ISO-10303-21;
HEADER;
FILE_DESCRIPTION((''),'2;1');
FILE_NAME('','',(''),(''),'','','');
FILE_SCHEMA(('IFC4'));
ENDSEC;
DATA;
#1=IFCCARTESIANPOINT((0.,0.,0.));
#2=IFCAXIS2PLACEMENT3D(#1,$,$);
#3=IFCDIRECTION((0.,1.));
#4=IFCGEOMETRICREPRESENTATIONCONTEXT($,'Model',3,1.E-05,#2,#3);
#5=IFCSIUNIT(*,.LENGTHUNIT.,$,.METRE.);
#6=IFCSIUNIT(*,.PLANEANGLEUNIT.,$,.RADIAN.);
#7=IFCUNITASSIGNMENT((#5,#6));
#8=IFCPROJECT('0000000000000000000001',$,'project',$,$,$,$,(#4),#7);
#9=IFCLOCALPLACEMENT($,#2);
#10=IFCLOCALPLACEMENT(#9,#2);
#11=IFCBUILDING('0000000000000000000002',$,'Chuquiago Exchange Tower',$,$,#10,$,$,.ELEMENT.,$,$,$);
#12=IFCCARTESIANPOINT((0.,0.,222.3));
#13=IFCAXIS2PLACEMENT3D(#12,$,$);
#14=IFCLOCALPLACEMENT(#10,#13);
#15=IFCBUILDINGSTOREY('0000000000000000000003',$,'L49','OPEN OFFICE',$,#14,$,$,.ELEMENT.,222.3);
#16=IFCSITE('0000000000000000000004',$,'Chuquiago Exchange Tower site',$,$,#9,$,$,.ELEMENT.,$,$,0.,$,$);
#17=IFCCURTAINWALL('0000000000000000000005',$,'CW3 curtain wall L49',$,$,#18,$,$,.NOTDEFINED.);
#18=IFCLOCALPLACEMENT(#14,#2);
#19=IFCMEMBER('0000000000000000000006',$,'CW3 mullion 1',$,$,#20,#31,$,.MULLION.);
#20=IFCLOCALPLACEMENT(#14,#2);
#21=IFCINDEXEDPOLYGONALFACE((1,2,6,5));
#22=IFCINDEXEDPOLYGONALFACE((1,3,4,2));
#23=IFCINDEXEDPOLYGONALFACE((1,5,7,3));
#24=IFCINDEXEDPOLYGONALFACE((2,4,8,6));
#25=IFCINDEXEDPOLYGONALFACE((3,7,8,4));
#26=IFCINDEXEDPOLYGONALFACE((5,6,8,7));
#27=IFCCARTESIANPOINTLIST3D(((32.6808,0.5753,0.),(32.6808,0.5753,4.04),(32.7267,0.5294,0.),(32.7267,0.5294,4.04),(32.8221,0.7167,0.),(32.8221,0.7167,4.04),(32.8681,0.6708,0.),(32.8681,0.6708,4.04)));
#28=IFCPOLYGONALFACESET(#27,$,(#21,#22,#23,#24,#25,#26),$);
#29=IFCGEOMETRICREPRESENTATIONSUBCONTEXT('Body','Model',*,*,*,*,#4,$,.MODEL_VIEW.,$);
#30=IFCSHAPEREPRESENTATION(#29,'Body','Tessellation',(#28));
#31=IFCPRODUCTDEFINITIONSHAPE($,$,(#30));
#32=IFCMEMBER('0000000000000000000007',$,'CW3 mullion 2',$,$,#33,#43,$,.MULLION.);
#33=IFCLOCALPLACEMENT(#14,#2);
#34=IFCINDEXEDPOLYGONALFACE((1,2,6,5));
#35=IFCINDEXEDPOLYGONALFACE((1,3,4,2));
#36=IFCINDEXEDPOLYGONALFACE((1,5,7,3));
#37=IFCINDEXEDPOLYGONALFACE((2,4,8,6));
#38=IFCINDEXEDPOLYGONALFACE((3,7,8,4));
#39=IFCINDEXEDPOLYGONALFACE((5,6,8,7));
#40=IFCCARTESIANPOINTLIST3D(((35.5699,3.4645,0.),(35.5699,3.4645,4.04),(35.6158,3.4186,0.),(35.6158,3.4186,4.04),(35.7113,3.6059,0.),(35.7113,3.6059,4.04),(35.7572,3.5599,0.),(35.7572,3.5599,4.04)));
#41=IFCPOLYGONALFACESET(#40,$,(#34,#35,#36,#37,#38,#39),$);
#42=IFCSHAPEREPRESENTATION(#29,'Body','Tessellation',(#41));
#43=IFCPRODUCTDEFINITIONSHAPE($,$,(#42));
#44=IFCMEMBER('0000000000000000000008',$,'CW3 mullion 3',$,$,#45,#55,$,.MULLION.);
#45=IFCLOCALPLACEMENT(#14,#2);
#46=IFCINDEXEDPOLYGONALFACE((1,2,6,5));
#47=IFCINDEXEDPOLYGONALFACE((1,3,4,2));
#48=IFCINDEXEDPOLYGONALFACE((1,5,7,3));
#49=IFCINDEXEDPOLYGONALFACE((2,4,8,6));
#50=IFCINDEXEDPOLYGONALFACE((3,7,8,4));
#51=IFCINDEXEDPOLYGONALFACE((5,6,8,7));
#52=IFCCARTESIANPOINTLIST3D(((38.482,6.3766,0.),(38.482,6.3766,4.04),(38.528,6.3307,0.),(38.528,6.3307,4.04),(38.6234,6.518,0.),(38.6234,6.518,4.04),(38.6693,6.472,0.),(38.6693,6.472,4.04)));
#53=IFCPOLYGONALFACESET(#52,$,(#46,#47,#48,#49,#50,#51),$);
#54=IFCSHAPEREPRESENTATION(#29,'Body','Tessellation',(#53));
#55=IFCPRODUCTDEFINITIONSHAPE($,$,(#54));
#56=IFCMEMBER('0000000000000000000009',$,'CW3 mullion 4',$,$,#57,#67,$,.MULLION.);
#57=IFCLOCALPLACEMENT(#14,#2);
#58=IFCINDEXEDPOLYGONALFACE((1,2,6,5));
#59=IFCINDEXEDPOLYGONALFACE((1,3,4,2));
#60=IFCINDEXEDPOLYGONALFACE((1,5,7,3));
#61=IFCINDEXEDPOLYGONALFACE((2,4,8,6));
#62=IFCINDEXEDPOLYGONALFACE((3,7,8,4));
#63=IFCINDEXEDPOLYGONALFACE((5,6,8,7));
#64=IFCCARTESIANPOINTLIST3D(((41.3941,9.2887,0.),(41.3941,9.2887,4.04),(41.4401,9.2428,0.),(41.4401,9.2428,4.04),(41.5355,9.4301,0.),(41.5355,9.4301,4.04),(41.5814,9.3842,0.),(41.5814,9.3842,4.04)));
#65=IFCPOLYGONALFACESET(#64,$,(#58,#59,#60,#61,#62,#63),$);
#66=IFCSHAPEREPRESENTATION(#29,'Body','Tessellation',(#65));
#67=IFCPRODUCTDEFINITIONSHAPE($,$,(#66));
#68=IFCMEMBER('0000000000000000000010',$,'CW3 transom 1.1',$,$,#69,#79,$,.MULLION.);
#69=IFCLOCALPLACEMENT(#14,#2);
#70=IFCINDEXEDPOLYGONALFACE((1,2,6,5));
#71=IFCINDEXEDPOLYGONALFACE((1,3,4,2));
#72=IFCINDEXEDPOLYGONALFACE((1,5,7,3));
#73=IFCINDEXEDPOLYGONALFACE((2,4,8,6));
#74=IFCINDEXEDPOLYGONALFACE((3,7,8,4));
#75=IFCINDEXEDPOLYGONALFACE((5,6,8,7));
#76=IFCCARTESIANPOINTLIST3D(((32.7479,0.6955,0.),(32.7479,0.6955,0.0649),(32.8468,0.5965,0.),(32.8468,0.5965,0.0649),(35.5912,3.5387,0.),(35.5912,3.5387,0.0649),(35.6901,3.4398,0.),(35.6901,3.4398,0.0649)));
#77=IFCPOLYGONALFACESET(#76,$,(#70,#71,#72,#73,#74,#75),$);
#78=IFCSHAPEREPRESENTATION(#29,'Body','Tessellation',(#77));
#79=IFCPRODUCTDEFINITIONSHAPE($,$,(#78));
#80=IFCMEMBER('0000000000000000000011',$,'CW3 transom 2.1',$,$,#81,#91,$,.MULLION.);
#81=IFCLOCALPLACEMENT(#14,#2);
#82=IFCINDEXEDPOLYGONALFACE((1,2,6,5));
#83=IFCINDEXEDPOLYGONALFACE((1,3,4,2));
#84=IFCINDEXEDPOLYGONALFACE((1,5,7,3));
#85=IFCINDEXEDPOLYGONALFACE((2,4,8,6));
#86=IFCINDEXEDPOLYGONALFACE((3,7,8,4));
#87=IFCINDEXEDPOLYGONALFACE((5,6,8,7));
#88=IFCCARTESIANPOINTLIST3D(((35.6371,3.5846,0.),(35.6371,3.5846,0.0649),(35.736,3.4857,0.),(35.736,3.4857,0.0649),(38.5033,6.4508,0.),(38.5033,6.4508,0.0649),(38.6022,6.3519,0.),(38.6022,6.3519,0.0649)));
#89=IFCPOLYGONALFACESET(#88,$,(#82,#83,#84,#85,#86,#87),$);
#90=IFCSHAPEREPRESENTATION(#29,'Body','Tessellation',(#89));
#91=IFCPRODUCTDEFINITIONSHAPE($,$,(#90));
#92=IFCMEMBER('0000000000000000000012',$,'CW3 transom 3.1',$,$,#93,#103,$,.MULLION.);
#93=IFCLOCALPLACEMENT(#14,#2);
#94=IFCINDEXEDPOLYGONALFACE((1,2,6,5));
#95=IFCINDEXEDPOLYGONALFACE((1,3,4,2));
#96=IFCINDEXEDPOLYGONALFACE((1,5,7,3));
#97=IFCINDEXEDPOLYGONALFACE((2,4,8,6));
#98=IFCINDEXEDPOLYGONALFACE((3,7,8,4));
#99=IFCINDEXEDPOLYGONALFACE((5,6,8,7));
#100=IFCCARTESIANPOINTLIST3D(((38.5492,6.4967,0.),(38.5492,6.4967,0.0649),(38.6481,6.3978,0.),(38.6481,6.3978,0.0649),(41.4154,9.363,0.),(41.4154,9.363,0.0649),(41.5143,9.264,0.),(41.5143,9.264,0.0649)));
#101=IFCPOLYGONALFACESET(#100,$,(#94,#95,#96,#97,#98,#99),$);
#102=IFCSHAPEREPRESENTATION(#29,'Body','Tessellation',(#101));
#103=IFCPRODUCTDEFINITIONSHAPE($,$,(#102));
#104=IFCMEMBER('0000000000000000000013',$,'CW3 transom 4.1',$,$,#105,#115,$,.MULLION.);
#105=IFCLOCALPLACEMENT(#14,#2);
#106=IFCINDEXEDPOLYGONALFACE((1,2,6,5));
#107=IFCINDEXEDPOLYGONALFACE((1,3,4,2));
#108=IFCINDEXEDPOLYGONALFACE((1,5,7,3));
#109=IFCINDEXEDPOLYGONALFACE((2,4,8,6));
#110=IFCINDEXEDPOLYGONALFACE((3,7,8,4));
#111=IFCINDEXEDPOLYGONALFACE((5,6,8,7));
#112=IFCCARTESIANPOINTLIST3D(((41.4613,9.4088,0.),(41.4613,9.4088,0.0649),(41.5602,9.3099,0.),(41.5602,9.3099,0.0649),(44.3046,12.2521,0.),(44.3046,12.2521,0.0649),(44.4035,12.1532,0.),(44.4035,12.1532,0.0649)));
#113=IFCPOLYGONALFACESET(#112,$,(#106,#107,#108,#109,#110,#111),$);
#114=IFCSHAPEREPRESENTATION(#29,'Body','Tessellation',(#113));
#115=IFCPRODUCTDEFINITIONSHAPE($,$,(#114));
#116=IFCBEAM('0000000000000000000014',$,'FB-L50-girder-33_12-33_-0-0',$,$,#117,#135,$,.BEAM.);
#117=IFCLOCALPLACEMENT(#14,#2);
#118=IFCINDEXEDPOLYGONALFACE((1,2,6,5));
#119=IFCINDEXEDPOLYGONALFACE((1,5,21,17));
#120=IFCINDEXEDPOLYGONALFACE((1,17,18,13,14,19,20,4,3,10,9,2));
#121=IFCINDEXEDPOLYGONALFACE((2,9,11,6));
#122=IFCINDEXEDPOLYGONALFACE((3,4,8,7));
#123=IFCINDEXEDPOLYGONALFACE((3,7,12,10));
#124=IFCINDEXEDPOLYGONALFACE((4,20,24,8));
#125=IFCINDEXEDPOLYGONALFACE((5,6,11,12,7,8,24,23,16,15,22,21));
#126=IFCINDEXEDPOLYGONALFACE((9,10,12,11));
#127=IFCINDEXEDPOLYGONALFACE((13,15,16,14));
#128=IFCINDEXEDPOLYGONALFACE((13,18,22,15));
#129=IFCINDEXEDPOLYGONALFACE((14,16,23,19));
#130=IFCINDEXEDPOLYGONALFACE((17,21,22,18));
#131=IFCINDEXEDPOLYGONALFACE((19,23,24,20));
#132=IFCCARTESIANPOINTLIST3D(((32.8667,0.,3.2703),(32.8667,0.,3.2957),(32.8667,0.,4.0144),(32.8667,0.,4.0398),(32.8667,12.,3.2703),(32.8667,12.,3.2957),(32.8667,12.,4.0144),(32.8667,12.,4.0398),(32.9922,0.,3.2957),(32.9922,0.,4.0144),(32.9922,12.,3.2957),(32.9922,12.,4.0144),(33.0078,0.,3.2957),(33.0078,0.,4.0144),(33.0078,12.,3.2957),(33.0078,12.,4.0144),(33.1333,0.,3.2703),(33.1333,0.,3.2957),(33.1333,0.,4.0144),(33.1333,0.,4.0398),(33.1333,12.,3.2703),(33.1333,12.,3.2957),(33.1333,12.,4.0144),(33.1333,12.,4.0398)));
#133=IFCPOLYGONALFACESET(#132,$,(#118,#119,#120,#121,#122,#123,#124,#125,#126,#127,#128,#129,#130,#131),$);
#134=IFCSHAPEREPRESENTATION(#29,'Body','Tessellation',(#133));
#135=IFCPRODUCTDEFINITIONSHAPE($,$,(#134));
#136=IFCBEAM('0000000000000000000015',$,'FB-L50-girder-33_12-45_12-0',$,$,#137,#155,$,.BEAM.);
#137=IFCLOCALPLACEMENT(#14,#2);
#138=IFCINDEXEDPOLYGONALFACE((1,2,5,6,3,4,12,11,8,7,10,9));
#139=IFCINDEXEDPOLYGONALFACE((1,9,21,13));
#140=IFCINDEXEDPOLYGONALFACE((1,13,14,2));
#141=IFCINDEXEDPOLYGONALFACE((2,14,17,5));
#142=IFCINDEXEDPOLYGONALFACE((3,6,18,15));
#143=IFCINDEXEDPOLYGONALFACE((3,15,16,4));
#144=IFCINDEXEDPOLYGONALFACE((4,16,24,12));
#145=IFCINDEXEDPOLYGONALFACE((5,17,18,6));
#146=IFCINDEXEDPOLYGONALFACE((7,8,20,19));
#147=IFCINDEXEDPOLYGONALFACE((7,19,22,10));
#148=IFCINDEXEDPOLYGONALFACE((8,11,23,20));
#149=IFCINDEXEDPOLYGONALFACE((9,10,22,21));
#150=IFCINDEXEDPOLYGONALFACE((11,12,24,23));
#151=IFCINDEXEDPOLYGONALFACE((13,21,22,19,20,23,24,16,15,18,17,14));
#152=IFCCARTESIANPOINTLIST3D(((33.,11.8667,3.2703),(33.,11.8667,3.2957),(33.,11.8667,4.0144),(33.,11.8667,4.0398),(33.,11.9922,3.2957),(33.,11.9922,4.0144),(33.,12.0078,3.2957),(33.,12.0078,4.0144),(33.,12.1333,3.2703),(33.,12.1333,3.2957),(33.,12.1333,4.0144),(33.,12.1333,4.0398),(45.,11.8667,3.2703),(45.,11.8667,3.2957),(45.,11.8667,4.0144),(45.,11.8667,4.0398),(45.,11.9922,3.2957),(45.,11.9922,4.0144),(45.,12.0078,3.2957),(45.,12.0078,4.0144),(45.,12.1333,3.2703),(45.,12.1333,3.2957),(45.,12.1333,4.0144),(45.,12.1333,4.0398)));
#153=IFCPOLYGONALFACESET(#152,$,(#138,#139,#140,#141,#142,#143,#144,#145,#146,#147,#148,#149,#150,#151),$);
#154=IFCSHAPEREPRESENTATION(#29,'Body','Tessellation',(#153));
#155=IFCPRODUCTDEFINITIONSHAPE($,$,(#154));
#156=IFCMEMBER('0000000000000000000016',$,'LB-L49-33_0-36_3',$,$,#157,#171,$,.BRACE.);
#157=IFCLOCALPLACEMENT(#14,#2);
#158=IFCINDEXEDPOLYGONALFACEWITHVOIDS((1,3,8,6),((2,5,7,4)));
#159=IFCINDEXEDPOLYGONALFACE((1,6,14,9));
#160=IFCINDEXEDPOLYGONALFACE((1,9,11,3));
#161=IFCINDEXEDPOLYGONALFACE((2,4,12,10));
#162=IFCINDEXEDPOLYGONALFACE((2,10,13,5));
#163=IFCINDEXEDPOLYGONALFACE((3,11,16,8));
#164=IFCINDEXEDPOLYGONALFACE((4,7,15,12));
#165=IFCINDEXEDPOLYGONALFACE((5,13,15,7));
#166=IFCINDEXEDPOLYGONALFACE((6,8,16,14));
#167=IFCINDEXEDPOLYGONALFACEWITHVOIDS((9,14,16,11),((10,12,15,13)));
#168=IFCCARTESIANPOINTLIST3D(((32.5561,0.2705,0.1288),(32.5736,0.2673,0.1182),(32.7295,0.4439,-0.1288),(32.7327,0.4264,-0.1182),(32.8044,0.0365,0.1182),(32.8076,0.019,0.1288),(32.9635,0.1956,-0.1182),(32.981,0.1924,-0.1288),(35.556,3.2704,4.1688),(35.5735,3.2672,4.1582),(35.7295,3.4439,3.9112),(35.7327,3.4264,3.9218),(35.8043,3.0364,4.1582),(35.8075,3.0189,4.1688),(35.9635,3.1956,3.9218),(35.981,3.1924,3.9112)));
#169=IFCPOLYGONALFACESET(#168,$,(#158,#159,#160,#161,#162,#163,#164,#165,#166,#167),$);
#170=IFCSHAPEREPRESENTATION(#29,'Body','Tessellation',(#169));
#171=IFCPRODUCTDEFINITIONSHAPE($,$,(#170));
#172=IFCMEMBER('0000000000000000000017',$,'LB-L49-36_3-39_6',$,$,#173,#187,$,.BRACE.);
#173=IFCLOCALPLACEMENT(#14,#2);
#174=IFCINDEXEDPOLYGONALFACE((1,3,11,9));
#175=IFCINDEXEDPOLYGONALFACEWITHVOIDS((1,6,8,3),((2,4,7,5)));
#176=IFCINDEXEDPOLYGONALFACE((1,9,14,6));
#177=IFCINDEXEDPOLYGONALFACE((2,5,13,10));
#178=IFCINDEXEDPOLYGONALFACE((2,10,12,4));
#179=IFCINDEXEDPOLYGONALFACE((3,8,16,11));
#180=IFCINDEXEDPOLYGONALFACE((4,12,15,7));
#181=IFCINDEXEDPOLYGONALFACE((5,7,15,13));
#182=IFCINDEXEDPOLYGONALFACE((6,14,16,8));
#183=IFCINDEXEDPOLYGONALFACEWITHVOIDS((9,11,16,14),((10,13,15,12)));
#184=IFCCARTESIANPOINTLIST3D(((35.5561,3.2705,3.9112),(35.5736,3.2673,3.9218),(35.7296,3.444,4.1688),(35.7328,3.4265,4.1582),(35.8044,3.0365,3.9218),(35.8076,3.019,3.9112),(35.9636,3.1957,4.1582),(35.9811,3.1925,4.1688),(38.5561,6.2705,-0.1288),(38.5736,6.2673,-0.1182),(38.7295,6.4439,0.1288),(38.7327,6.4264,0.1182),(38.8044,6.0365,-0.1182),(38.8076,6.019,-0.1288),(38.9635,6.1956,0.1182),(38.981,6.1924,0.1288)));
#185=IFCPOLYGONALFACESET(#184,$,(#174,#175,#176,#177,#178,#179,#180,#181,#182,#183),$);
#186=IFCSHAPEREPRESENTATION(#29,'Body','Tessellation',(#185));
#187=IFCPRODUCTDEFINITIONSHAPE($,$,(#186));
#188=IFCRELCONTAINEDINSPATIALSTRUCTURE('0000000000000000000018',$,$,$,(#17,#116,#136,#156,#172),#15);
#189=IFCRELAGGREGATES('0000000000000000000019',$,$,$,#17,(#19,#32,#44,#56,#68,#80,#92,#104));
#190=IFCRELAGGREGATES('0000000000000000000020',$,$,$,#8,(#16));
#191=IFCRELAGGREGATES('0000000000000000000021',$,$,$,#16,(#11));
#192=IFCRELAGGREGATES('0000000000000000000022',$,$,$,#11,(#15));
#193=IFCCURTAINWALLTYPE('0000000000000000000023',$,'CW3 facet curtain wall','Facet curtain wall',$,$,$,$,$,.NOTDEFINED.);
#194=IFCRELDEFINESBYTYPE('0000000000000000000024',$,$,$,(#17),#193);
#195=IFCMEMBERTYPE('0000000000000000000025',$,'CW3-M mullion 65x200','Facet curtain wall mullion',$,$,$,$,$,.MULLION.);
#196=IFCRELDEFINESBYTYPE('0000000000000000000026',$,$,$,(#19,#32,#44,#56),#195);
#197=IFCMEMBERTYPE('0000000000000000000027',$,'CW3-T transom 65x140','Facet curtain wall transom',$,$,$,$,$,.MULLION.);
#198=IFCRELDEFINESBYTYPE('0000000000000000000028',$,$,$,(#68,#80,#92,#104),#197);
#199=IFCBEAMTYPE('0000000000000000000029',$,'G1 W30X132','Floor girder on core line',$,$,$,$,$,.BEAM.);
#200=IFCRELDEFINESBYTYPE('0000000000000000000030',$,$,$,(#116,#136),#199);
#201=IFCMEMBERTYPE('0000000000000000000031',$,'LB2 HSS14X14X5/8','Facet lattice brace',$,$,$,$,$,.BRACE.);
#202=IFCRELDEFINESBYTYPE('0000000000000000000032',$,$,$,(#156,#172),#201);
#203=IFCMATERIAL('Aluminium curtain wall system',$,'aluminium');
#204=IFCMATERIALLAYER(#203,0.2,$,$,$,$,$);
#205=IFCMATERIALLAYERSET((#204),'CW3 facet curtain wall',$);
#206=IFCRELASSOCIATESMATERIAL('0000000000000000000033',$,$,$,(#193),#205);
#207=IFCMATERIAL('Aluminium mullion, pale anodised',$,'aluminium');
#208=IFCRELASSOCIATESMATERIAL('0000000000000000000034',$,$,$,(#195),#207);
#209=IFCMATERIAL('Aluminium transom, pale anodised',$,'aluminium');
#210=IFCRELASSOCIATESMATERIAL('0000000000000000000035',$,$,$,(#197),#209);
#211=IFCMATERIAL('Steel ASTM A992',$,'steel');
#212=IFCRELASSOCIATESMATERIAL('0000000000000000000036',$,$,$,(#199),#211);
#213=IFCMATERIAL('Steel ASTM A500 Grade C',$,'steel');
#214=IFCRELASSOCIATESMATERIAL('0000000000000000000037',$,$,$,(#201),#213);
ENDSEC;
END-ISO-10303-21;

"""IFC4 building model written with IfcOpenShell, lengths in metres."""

from ifc_helpers import new_model, si_unit, direction, frame, origin, origin_2d, place, context, subcontext, project, spatial, rectangle, hollow_rectangle, i_section, extrude, material, layer, layer_set, material_profile, profile_set, type_object, element, aggregate, save


model = new_model("IFC4")

# Units and contexts
model_context = context("Model", 3, precision=1e-05, world=origin(), true_north=direction((0.0, 1.0)))
body_context = subcontext(model_context, "Body", "Model", "MODEL_VIEW")
ifc_project = project(units=[si_unit("LENGTHUNIT", "METRE"), si_unit("PLANEANGLEUNIT", "RADIAN")], contexts=[model_context])

# Site, building, storey
site_placement = place(None, origin())
site = spatial("IfcSite", under=ifc_project, at=site_placement, Name="Chuquiago Exchange Tower site", CompositionType="ELEMENT", RefElevation=0.0)
building_placement = place(site_placement, origin())
building = spatial("IfcBuilding", under=site, at=building_placement, Name="Chuquiago Exchange Tower", CompositionType="ELEMENT")
storey_placement = place(building_placement, frame((0.0, 0.0, 222.3)))
storey = spatial("IfcBuildingStorey", under=building, at=storey_placement, Name="L49", Description="OPEN OFFICE", CompositionType="ELEMENT", Elevation=222.3)

# Curtain wall, members
ifc_material_1 = material(Name="Aluminium curtain wall system", Category="aluminium")
ifc_layer_1 = layer(ifc_material_1, 0.2)
ifc_layer_set_1 = layer_set([ifc_layer_1], Name="CW3 facet curtain wall")
curtain_wall_type = type_object("IfcCurtainWallType", Name="CW3 facet curtain wall", Description="Facet curtain wall", PredefinedType="NOTDEFINED", material=ifc_layer_set_1)
curtain_wall_placement = place(storey_placement, origin())
curtain_wall = element("IfcCurtainWall", 1, at=curtain_wall_placement, inside=storey, type_object=curtain_wall_type, Name="CW3 curtain wall L49", PredefinedType="NOTDEFINED")
ifc_material_2 = material(Name="Aluminium mullion, pale anodised", Category="aluminium")
ifc_material_profile_1 = material_profile(ifc_material_2, rectangle(XDim=0.0649, YDim=0.2, at=origin_2d()), Name="AL 65x200")
ifc_profile_set_1 = profile_set([ifc_material_profile_1], Name="Aluminium mullion, pale anodised")
member_type_1 = type_object("IfcMemberType", Name="CW3-M mullion 65x200", Description="Facet curtain wall mullion", PredefinedType="MULLION", material=ifc_profile_set_1)
member_1_placement = place(storey_placement, frame((32.7744, 0.623, 0.0), z_axis=(0.0, 0.0, 1.0), x_axis=(-0.707107, 0.707107, 0.0)))
member_1 = element("IfcMember", 2, at=member_1_placement, type_object=member_type_1, Name="CW3 mullion 1", PredefinedType="MULLION", context=body_context, shape_type="SweptSolid", body=[
    extrude(rectangle(XDim=0.0649, YDim=0.2, at=origin_2d()), origin(), (0.0, 0.0, 1.0), 4.04),
])
member_2_placement = place(storey_placement, frame((35.6636, 3.5122, 0.0), z_axis=(0.0, 0.0, 1.0), x_axis=(-0.707107, 0.707107, 0.0)))
member_2 = element("IfcMember", 3, at=member_2_placement, type_object=member_type_1, Name="CW3 mullion 2", PredefinedType="MULLION", context=body_context, shape_type="SweptSolid", body=[
    extrude(rectangle(XDim=0.0649, YDim=0.2, at=origin_2d()), origin(), (0.0, 0.0, 1.0), 4.04),
])
member_3_placement = place(storey_placement, frame((38.5757, 6.4243, 0.0), z_axis=(0.0, 0.0, 1.0), x_axis=(-0.707107, 0.707107, 0.0)))
member_3 = element("IfcMember", 4, at=member_3_placement, type_object=member_type_1, Name="CW3 mullion 3", PredefinedType="MULLION", context=body_context, shape_type="SweptSolid", body=[
    extrude(rectangle(XDim=0.0649, YDim=0.2, at=origin_2d()), origin(), (0.0, 0.0, 1.0), 4.04),
])
member_4_placement = place(storey_placement, frame((41.4878, 9.3364, 0.0), z_axis=(0.0, 0.0, 1.0), x_axis=(-0.707107, 0.707107, 0.0)))
member_4 = element("IfcMember", 5, at=member_4_placement, type_object=member_type_1, Name="CW3 mullion 4", PredefinedType="MULLION", context=body_context, shape_type="SweptSolid", body=[
    extrude(rectangle(XDim=0.0649, YDim=0.2, at=origin_2d()), origin(), (0.0, 0.0, 1.0), 4.04),
])
ifc_material_3 = material(Name="Aluminium transom, pale anodised", Category="aluminium")
ifc_material_profile_2 = material_profile(ifc_material_3, rectangle(XDim=0.1399, YDim=0.0649, at=origin_2d()), Name="AL 140x65")
ifc_profile_set_2 = profile_set([ifc_material_profile_2], Name="Aluminium transom, pale anodised")
member_type_2 = type_object("IfcMemberType", Name="CW3-T transom 65x140", Description="Facet curtain wall transom", PredefinedType="MULLION", material=ifc_profile_set_2)
member_5_placement = place(storey_placement, frame((32.7974, 0.646, 0.0325), z_axis=(0.707107, 0.707107, 0.0), x_axis=(-0.707107, 0.707107, 0.0)))
member_5 = element("IfcMember", 6, at=member_5_placement, type_object=member_type_2, Name="CW3 transom 1.1", PredefinedType="MULLION", context=body_context, shape_type="SweptSolid", body=[
    extrude(rectangle(XDim=0.1399, YDim=0.0649, at=origin_2d()), origin(), (0.0, 0.0, 1.0), 4.021),
])
member_6_placement = place(storey_placement, frame((35.6865, 3.5352, 0.0325), z_axis=(0.707107, 0.707107, 0.0), x_axis=(-0.707107, 0.707107, 0.0)))
member_6 = element("IfcMember", 7, at=member_6_placement, type_object=member_type_2, Name="CW3 transom 2.1", PredefinedType="MULLION", context=body_context, shape_type="SweptSolid", body=[
    extrude(rectangle(XDim=0.1399, YDim=0.0649, at=origin_2d()), origin(), (0.0, 0.0, 1.0), 4.0535),
])
member_7_placement = place(storey_placement, frame((38.5986, 6.4473, 0.0325), z_axis=(0.707107, 0.707107, 0.0), x_axis=(-0.707107, 0.707107, 0.0)))
member_7 = element("IfcMember", 8, at=member_7_placement, type_object=member_type_2, Name="CW3 transom 3.1", PredefinedType="MULLION", context=body_context, shape_type="SweptSolid", body=[
    extrude(rectangle(XDim=0.1399, YDim=0.0649, at=origin_2d()), origin(), (0.0, 0.0, 1.0), 4.0535),
])
member_8_placement = place(storey_placement, frame((41.5107, 9.3594, 0.0325), z_axis=(0.707107, 0.707107, 0.0), x_axis=(-0.707107, 0.707107, 0.0)))
member_8 = element("IfcMember", 9, at=member_8_placement, type_object=member_type_2, Name="CW3 transom 4.1", PredefinedType="MULLION", context=body_context, shape_type="SweptSolid", body=[
    extrude(rectangle(XDim=0.1399, YDim=0.0649, at=origin_2d()), origin(), (0.0, 0.0, 1.0), 4.021),
])

# Beams
ifc_material_4 = material(Name="Steel ASTM A992", Category="steel")
ifc_material_profile_3 = material_profile(ifc_material_4, i_section(OverallWidth=0.2666, OverallDepth=0.7695, WebThickness=0.0156, FlangeThickness=0.0254, at=origin_2d()), Name="W30X132")
ifc_profile_set_3 = profile_set([ifc_material_profile_3], Name="Steel ASTM A992")
beam_type_1 = type_object("IfcBeamType", Name="G1 W30X132", Description="Floor girder on core line", PredefinedType="BEAM", material=ifc_profile_set_3)
for number, where, z_axis, x_axis, name in (
    (10, (33.0, 12.0, 3.655), (0.0, -1.0, 0.0), (1.0, 0.0, 0.0), "FB-L50-girder-33_12-33_-0-0"),
    (11, (33.0, 12.0, 3.655), (1.0, 0.0, 0.0), (0.0, 1.0, 0.0), "FB-L50-girder-33_12-45_12-0"),
):
    element("IfcBeam", number, at=place(storey_placement, frame(where, z_axis=z_axis, x_axis=x_axis)), inside=storey, type_object=beam_type_1, Name=name, PredefinedType="BEAM", context=body_context, shape_type="SweptSolid", body=[
        extrude(i_section(OverallWidth=0.2666, OverallDepth=0.7695, WebThickness=0.0156, FlangeThickness=0.0254, at=origin_2d()), origin(), (0.0, 0.0, 1.0), 12.0),
    ])

# Members
ifc_material_5 = material(Name="Steel ASTM A500 Grade C", Category="steel")
ifc_material_profile_4 = material_profile(ifc_material_5, hollow_rectangle(XDim=0.3557, YDim=0.3557, WallThickness=0.0146, at=origin_2d()), Name="HSS14X14X5/8")
ifc_profile_set_4 = profile_set([ifc_material_profile_4], Name="Steel ASTM A500 Grade C")
member_type_3 = type_object("IfcMemberType", Name="LB2 HSS14X14X5/8", Description="Facet lattice brace", PredefinedType="BRACE", material=ifc_profile_set_4)
for number, where, z_axis, x_axis, name in (
    (12, (32.7686, 0.2314, 0.0), (0.512077, 0.512077, 0.689604), (-0.707107, 0.707107, 0.0), "LB-L49-33_0-36_3"),
    (13, (38.7686, 6.2314, 0.0), (-0.512077, -0.512077, 0.689604), (0.707107, -0.707107, 0.0), "LB-L49-36_3-39_6"),
):
    element("IfcMember", number, at=place(storey_placement, frame(where, z_axis=z_axis, x_axis=x_axis)), inside=storey, type_object=member_type_3, Name=name, PredefinedType="BRACE", context=body_context, shape_type="SweptSolid", body=[
        extrude(hollow_rectangle(XDim=0.3557, YDim=0.3557, WallThickness=0.0146, at=origin_2d()), origin(), (0.0, 0.0, 1.0), 5.8584),
    ])

aggregate(curtain_wall, [member_1, member_2, member_3, member_4, member_5, member_6, member_7, member_8])

save(model, "model.ifc")
